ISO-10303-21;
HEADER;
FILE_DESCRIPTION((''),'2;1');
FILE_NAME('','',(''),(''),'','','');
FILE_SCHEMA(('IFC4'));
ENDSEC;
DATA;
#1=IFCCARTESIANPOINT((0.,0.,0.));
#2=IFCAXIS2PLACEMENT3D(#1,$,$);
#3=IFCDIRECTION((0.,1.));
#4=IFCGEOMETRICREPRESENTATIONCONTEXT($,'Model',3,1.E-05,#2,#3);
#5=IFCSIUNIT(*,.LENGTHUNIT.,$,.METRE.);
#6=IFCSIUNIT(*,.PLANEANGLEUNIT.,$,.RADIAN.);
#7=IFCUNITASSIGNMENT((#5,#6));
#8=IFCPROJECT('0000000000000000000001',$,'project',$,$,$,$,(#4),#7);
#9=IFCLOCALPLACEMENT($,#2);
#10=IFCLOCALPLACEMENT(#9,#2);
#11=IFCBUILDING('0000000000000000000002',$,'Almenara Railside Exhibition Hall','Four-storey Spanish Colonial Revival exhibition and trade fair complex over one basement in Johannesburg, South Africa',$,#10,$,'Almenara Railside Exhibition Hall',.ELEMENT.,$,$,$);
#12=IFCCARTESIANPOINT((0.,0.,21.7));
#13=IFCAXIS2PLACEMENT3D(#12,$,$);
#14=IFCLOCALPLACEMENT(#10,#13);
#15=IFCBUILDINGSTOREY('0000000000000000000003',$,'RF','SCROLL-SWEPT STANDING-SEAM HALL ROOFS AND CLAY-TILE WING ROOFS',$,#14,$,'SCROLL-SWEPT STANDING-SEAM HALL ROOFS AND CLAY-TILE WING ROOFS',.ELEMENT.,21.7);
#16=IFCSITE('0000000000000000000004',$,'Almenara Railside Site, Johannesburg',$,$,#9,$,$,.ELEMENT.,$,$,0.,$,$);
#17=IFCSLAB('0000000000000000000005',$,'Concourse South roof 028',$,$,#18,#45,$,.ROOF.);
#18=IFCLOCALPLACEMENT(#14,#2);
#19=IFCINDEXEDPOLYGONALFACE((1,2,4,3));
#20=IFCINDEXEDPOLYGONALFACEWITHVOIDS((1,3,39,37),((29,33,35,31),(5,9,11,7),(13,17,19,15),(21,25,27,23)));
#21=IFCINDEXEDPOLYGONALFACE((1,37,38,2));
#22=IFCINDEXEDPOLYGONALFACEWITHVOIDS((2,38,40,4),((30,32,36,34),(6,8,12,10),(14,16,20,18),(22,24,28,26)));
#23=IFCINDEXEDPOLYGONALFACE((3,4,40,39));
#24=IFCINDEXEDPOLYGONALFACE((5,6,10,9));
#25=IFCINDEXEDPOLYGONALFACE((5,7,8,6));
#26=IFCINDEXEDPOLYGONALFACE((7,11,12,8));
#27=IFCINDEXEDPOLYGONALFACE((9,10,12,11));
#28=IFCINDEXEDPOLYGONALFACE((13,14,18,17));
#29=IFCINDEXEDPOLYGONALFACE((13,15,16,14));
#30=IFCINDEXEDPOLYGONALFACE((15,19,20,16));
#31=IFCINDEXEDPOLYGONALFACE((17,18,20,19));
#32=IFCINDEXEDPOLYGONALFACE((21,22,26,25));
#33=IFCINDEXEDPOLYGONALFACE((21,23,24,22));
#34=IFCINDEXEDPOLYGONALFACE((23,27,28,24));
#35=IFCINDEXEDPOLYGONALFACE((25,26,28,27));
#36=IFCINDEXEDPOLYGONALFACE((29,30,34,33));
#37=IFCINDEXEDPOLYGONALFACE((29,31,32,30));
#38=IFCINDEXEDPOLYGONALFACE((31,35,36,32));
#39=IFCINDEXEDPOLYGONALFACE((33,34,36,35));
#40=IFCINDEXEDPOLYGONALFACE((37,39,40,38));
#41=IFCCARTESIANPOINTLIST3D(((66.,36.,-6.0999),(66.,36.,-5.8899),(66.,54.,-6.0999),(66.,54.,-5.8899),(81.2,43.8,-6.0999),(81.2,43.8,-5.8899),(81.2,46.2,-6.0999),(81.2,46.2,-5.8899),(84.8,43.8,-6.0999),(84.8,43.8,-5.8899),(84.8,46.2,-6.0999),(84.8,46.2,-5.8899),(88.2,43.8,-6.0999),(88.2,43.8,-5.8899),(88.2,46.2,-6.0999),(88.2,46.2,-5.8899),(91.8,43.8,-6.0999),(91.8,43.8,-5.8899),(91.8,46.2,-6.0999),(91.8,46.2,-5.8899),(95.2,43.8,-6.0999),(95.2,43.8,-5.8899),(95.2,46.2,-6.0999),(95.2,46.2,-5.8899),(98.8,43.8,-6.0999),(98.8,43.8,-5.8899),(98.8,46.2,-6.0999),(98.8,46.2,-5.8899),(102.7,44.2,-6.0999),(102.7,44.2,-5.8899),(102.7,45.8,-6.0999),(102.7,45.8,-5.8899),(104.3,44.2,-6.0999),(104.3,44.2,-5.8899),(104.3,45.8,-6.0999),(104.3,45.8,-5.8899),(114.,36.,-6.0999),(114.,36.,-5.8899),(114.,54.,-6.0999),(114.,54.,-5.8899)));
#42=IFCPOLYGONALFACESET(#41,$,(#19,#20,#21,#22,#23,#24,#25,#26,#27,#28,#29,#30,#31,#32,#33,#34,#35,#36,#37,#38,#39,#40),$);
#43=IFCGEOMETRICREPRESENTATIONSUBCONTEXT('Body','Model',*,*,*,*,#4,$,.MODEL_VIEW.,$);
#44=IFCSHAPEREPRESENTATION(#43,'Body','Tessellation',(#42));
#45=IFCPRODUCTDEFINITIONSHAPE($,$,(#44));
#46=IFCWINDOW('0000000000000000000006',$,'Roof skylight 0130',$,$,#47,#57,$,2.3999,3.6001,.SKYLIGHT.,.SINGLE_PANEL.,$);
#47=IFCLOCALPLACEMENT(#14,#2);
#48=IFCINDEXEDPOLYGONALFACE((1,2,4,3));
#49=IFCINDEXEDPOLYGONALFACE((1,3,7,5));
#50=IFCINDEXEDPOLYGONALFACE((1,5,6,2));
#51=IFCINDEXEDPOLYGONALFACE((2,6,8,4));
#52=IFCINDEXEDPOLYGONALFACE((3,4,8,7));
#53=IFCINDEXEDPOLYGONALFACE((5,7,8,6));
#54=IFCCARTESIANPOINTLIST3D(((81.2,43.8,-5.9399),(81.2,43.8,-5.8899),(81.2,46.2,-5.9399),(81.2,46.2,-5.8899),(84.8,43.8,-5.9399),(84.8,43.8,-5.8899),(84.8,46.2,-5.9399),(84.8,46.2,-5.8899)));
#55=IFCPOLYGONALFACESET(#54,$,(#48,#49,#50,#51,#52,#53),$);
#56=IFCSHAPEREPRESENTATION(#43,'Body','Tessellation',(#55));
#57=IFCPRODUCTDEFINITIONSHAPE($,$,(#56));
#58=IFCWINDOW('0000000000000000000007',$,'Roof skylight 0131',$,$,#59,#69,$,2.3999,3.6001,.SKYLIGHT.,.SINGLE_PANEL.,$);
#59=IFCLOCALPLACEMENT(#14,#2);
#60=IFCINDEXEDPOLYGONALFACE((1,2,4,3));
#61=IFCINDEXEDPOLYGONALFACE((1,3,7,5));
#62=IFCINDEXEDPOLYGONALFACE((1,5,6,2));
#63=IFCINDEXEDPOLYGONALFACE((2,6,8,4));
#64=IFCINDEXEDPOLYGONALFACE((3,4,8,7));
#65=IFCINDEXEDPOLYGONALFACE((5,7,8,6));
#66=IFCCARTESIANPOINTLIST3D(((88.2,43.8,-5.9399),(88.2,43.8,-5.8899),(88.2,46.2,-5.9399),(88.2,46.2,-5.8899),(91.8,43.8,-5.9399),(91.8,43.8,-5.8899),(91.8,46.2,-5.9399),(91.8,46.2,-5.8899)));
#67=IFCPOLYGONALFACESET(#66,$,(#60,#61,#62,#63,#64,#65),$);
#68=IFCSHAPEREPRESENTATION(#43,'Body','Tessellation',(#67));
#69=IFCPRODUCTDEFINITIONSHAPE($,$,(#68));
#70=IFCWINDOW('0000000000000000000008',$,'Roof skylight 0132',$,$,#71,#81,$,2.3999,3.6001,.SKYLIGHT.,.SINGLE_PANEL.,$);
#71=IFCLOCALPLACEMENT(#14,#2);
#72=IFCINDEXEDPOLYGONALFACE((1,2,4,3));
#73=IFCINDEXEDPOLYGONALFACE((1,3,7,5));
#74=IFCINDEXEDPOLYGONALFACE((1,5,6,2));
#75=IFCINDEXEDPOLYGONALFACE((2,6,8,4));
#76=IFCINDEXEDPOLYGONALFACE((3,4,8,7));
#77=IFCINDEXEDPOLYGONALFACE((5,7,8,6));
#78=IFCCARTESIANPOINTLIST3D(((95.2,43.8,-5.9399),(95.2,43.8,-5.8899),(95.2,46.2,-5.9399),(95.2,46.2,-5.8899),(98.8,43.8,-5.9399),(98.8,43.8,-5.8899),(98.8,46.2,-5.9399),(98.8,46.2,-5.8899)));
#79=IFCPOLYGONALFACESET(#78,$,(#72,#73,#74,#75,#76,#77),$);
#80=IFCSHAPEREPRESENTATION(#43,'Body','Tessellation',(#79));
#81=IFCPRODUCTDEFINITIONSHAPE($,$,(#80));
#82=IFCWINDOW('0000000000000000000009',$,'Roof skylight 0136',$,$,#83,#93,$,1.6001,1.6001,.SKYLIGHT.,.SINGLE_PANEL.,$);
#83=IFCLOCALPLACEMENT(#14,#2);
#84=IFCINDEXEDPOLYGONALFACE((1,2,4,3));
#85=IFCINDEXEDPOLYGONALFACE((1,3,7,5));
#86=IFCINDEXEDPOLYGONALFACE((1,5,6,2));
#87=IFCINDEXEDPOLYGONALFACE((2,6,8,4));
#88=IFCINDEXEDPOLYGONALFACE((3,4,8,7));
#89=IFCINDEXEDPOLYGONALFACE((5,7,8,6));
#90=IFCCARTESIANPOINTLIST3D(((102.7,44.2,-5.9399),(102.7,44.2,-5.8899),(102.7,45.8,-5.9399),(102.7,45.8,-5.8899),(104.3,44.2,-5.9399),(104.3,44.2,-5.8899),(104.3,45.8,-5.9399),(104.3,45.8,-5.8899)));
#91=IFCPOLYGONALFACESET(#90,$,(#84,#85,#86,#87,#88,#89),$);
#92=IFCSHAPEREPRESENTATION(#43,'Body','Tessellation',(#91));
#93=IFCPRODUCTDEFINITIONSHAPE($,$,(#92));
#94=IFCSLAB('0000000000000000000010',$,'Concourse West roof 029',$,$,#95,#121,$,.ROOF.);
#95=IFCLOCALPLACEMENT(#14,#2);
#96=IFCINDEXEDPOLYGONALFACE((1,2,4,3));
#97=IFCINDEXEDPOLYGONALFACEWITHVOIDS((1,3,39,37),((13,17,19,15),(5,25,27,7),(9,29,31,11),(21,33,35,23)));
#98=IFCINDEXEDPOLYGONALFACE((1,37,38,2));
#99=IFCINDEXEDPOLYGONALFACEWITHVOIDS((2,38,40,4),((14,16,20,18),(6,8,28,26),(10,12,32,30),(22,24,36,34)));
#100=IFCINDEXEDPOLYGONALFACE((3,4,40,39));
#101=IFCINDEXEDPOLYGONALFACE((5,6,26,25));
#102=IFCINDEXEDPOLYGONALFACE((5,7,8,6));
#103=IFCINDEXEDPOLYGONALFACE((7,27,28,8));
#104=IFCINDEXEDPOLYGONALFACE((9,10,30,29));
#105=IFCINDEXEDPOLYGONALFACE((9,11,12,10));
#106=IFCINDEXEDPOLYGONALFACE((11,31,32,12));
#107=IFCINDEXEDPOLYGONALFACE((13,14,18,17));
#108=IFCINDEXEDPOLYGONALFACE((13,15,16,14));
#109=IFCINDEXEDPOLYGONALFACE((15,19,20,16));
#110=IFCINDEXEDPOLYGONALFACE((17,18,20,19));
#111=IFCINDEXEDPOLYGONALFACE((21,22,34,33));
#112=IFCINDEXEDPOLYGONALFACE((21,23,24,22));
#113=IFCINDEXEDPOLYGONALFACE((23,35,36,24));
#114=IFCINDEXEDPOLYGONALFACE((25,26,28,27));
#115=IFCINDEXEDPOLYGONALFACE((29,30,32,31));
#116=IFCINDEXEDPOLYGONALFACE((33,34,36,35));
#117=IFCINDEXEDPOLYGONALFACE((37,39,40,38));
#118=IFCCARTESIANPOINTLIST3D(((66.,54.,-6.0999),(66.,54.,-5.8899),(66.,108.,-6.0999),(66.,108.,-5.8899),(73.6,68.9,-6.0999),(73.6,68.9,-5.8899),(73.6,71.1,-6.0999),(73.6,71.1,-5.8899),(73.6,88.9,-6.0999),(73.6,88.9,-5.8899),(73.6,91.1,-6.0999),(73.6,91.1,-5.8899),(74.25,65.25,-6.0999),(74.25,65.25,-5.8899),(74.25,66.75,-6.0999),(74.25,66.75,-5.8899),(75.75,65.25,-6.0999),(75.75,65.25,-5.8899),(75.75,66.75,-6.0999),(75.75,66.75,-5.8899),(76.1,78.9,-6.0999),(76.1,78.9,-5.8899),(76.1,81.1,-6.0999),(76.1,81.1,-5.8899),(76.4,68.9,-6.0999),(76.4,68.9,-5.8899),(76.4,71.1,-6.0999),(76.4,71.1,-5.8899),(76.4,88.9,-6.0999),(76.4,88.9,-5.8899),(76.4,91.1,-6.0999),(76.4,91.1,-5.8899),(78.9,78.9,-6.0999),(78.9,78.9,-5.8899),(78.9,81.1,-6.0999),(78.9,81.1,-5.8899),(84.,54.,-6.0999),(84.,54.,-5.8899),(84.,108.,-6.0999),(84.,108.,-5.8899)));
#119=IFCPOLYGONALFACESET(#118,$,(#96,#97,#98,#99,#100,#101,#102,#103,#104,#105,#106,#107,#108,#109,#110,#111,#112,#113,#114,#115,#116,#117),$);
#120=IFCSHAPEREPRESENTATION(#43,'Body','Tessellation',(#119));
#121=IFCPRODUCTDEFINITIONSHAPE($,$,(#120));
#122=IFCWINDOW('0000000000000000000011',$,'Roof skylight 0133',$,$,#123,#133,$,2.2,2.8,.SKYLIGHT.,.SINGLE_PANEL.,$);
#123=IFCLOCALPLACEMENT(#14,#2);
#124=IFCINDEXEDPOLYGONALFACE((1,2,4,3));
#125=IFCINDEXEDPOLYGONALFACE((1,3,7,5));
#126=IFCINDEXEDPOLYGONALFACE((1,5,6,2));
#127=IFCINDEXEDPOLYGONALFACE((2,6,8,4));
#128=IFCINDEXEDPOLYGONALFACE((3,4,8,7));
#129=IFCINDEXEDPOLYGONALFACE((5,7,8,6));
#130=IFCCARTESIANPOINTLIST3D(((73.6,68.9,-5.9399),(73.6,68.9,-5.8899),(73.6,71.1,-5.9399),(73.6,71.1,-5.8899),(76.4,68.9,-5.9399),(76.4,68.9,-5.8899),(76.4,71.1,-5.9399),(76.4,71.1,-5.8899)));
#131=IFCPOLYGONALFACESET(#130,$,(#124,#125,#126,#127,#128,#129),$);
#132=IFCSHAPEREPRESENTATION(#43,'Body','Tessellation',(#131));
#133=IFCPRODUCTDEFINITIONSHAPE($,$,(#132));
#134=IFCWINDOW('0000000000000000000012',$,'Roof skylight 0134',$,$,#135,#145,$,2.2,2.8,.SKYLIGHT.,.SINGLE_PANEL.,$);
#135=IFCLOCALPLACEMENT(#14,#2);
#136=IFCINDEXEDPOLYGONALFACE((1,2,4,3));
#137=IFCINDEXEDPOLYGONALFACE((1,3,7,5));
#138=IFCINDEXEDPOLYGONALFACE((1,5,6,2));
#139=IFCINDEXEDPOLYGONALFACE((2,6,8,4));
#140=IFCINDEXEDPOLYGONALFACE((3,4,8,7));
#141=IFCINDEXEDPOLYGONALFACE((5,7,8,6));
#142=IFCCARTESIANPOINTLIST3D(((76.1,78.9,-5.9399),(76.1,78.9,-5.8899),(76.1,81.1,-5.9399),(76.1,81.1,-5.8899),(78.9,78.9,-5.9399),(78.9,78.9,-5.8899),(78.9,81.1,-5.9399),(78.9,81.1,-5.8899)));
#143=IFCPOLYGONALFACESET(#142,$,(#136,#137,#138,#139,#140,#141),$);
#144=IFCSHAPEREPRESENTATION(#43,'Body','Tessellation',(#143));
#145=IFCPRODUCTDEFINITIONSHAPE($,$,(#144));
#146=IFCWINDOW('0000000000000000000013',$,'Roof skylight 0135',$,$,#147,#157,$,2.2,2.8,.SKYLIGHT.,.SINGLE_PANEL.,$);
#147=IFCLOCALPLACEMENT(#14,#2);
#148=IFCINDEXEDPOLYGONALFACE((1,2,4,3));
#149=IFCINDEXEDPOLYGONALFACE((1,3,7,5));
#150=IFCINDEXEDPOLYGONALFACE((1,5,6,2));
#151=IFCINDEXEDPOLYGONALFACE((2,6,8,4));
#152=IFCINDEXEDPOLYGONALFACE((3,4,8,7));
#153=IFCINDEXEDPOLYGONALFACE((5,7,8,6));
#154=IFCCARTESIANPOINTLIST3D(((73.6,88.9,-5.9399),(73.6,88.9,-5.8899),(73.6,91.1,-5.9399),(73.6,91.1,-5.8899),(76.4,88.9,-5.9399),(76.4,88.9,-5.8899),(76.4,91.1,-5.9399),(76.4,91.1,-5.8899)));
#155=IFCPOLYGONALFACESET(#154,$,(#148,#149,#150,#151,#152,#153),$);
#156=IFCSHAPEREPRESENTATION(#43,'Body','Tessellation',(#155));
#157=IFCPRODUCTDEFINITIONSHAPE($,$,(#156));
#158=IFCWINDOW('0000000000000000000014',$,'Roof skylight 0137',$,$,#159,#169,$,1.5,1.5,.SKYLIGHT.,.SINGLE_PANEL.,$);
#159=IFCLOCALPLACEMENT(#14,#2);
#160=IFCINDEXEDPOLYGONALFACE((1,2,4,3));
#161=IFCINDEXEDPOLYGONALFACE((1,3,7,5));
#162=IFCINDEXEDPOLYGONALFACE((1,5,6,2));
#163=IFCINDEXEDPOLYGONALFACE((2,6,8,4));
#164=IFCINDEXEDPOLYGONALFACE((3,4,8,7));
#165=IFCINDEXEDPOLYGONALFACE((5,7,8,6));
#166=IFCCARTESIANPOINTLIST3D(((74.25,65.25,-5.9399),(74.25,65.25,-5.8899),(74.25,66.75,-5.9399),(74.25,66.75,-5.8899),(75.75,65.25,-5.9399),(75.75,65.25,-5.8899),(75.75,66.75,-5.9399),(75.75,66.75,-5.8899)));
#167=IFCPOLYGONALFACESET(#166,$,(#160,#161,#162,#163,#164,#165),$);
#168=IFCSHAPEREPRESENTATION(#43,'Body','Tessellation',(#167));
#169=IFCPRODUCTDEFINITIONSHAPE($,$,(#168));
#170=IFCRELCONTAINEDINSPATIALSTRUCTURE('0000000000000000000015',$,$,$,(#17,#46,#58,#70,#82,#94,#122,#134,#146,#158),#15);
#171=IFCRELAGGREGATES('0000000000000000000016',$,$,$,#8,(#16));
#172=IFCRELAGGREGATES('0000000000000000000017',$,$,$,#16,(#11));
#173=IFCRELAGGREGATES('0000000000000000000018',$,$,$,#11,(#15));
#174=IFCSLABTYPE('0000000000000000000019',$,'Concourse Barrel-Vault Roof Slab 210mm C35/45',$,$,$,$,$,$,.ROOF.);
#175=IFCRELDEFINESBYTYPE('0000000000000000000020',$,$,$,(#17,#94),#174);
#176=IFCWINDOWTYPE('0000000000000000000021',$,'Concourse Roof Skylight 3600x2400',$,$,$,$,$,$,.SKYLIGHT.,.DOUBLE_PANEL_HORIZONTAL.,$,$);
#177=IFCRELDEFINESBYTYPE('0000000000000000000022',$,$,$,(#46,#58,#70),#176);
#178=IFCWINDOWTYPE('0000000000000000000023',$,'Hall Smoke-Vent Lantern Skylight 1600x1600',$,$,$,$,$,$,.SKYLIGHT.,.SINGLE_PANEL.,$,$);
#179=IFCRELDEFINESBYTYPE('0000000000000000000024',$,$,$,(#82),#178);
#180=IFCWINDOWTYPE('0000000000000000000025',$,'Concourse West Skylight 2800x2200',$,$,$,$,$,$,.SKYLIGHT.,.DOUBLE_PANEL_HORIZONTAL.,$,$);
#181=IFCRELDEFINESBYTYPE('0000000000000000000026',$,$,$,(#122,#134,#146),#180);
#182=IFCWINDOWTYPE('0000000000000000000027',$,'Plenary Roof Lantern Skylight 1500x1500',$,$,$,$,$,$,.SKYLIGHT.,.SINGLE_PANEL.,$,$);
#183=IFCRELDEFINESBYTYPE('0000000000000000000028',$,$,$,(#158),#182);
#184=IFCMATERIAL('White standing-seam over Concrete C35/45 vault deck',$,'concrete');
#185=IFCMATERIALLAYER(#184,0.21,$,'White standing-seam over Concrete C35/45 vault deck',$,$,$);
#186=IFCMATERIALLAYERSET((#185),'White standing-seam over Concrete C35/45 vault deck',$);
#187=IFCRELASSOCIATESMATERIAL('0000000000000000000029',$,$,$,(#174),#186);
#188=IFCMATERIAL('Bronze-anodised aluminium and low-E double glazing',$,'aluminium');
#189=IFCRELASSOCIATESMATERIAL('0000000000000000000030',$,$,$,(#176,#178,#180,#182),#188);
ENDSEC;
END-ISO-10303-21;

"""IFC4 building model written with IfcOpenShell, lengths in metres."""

from ifc_helpers import new_model, si_unit, direction, frame, origin, origin_2d, place, context, subcontext, project, spatial, polyline, rectangle, outline, extrude, material, layer, layer_set, type_object, element, fill, save


model = new_model("IFC4")

# Units and contexts
model_context = context("Model", 3, precision=1e-05, world=origin(), true_north=direction((0.0, 1.0)))
body_context = subcontext(model_context, "Body", "Model", "MODEL_VIEW")
ifc_project = project(units=[si_unit("LENGTHUNIT", "METRE"), si_unit("PLANEANGLEUNIT", "RADIAN")], contexts=[model_context])

# Site, building, storey
site_placement = place(None, origin())
site = spatial("IfcSite", under=ifc_project, at=site_placement, Name="Almenara Railside Site, Johannesburg", CompositionType="ELEMENT", RefElevation=0.0)
building_placement = place(site_placement, origin())
building = spatial("IfcBuilding", under=site, at=building_placement, Name="Almenara Railside Exhibition Hall", Description="Four-storey Spanish Colonial Revival exhibition and trade fair complex over one basement in Johannesburg, South Africa", LongName="Almenara Railside Exhibition Hall", CompositionType="ELEMENT")
storey_placement = place(building_placement, frame((0.0, 0.0, 21.7)))
storey = spatial("IfcBuildingStorey", under=building, at=storey_placement, Name="RF", Description="SCROLL-SWEPT STANDING-SEAM HALL ROOFS AND CLAY-TILE WING ROOFS", LongName="SCROLL-SWEPT STANDING-SEAM HALL ROOFS AND CLAY-TILE WING ROOFS", CompositionType="ELEMENT", Elevation=21.7)

# Slabs, openings, windows
ifc_material_1 = material(Name="White standing-seam over Concrete C35/45 vault deck", Category="concrete")
ifc_layer_1 = layer(ifc_material_1, 0.21, Name="White standing-seam over Concrete C35/45 vault deck")
ifc_layer_set_1 = layer_set([ifc_layer_1], Name="White standing-seam over Concrete C35/45 vault deck")
slab_type_1 = type_object("IfcSlabType", Name="Concourse Barrel-Vault Roof Slab 210mm C35/45", PredefinedType="ROOF", material=ifc_layer_set_1)
slab_1_placement = place(storey_placement, frame((0.0, 0.0, -6.0999)))
slab_1 = element("IfcSlab", 1, at=slab_1_placement, inside=storey, type_object=slab_type_1, Name="Concourse South roof 028", PredefinedType="ROOF", context=body_context, shape_type="SweptSolid", body=[
    extrude(outline(polyline([(66.0, 36.0), (114.0, 36.0), (114.0, 54.0), (66.0, 54.0), (66.0, 36.0)])), origin(), (0.0, 0.0, 1.0), 0.21),
])
opening_1_placement = place(slab_1_placement, frame((83.0, 45.0, 0.0)))
opening_1 = element("IfcOpeningElement", 2, at=opening_1_placement, cuts=slab_1, PredefinedType="OPENING", context=body_context, shape_type="SweptSolid", body=[
    extrude(rectangle(XDim=3.6001, YDim=2.3999, at=origin_2d()), frame((0.0, 0.0, -0.01)), (0.0, 0.0, 1.0), 0.23),
])
opening_2_placement = place(slab_1_placement, frame((90.0, 45.0, 0.0)))
opening_2 = element("IfcOpeningElement", 3, at=opening_2_placement, cuts=slab_1, PredefinedType="OPENING", context=body_context, shape_type="SweptSolid", body=[
    extrude(rectangle(XDim=3.6001, YDim=2.3999, at=origin_2d()), frame((0.0, 0.0, -0.01)), (0.0, 0.0, 1.0), 0.23),
])
opening_3_placement = place(slab_1_placement, frame((97.0, 45.0, 0.0)))
opening_3 = element("IfcOpeningElement", 4, at=opening_3_placement, cuts=slab_1, PredefinedType="OPENING", context=body_context, shape_type="SweptSolid", body=[
    extrude(rectangle(XDim=3.6001, YDim=2.3999, at=origin_2d()), frame((0.0, 0.0, -0.01)), (0.0, 0.0, 1.0), 0.23),
])
opening_4_placement = place(slab_1_placement, frame((103.5, 45.0, 0.0)))
opening_4 = element("IfcOpeningElement", 5, at=opening_4_placement, cuts=slab_1, PredefinedType="OPENING", context=body_context, shape_type="SweptSolid", body=[
    extrude(rectangle(XDim=1.6001, YDim=1.6001, at=origin_2d()), frame((0.0, 0.0, -0.01)), (0.0, 0.0, 1.0), 0.23),
])
ifc_material_2 = material(Name="Bronze-anodised aluminium and low-E double glazing", Category="aluminium")
window_type_1 = type_object("IfcWindowType", Name="Concourse Roof Skylight 3600x2400", PartitioningType="DOUBLE_PANEL_HORIZONTAL", PredefinedType="SKYLIGHT", material=ifc_material_2)
window_1_placement = place(opening_1_placement, frame((0.0, 0.0, 0.1599)))
window_1 = element("IfcWindow", 6, at=window_1_placement, inside=storey, type_object=window_type_1, Name="Roof skylight 0130", OverallHeight=2.3999, OverallWidth=3.6001, PartitioningType="SINGLE_PANEL", PredefinedType="SKYLIGHT", context=body_context, shape_type="SweptSolid", body=[
    extrude(rectangle(XDim=3.6001, YDim=2.3999, at=origin_2d()), origin(), (0.0, 0.0, 1.0), 0.05),
])
fill(opening_1, window_1)
window_2_placement = place(opening_2_placement, frame((0.0, 0.0, 0.1599)))
window_2 = element("IfcWindow", 7, at=window_2_placement, inside=storey, type_object=window_type_1, Name="Roof skylight 0131", OverallHeight=2.3999, OverallWidth=3.6001, PartitioningType="SINGLE_PANEL", PredefinedType="SKYLIGHT", context=body_context, shape_type="SweptSolid", body=[
    extrude(rectangle(XDim=3.6001, YDim=2.3999, at=origin_2d()), origin(), (0.0, 0.0, 1.0), 0.05),
])
fill(opening_2, window_2)
window_3_placement = place(opening_3_placement, frame((0.0, 0.0, 0.1599)))
window_3 = element("IfcWindow", 8, at=window_3_placement, inside=storey, type_object=window_type_1, Name="Roof skylight 0132", OverallHeight=2.3999, OverallWidth=3.6001, PartitioningType="SINGLE_PANEL", PredefinedType="SKYLIGHT", context=body_context, shape_type="SweptSolid", body=[
    extrude(rectangle(XDim=3.6001, YDim=2.3999, at=origin_2d()), origin(), (0.0, 0.0, 1.0), 0.05),
])
fill(opening_3, window_3)
window_type_2 = type_object("IfcWindowType", Name="Hall Smoke-Vent Lantern Skylight 1600x1600", PartitioningType="SINGLE_PANEL", PredefinedType="SKYLIGHT", material=ifc_material_2)
window_4_placement = place(opening_4_placement, frame((0.0, 0.0, 0.1599)))
window_4 = element("IfcWindow", 9, at=window_4_placement, inside=storey, type_object=window_type_2, Name="Roof skylight 0136", OverallHeight=1.6001, OverallWidth=1.6001, PartitioningType="SINGLE_PANEL", PredefinedType="SKYLIGHT", context=body_context, shape_type="SweptSolid", body=[
    extrude(rectangle(XDim=1.6001, YDim=1.6001, at=origin_2d()), origin(), (0.0, 0.0, 1.0), 0.05),
])
fill(opening_4, window_4)
slab_2_placement = place(storey_placement, frame((0.0, 0.0, -6.0999)))
slab_2 = element("IfcSlab", 10, at=slab_2_placement, inside=storey, type_object=slab_type_1, Name="Concourse West roof 029", PredefinedType="ROOF", context=body_context, shape_type="SweptSolid", body=[
    extrude(outline(polyline([(66.0, 54.0), (84.0, 54.0), (84.0, 108.0), (66.0, 108.0), (66.0, 54.0)])), origin(), (0.0, 0.0, 1.0), 0.21),
])
opening_5_placement = place(slab_2_placement, frame((75.0, 70.0, 0.0)))
opening_5 = element("IfcOpeningElement", 11, at=opening_5_placement, cuts=slab_2, PredefinedType="OPENING", context=body_context, shape_type="SweptSolid", body=[
    extrude(rectangle(XDim=2.8, YDim=2.2, at=origin_2d()), frame((0.0, 0.0, -0.01)), (0.0, 0.0, 1.0), 0.23),
])
opening_6_placement = place(slab_2_placement, frame((77.5, 80.0, 0.0)))
opening_6 = element("IfcOpeningElement", 12, at=opening_6_placement, cuts=slab_2, PredefinedType="OPENING", context=body_context, shape_type="SweptSolid", body=[
    extrude(rectangle(XDim=2.8, YDim=2.2, at=origin_2d()), frame((0.0, 0.0, -0.01)), (0.0, 0.0, 1.0), 0.23),
])
opening_7_placement = place(slab_2_placement, frame((75.0, 90.0, 0.0)))
opening_7 = element("IfcOpeningElement", 13, at=opening_7_placement, cuts=slab_2, PredefinedType="OPENING", context=body_context, shape_type="SweptSolid", body=[
    extrude(rectangle(XDim=2.8, YDim=2.2, at=origin_2d()), frame((0.0, 0.0, -0.01)), (0.0, 0.0, 1.0), 0.23),
])
opening_8_placement = place(slab_2_placement, frame((75.0, 66.0, 0.0)))
opening_8 = element("IfcOpeningElement", 14, at=opening_8_placement, cuts=slab_2, PredefinedType="OPENING", context=body_context, shape_type="SweptSolid", body=[
    extrude(rectangle(XDim=1.5, YDim=1.5, at=origin_2d()), frame((0.0, 0.0, -0.01)), (0.0, 0.0, 1.0), 0.23),
])
window_type_3 = type_object("IfcWindowType", Name="Concourse West Skylight 2800x2200", PartitioningType="DOUBLE_PANEL_HORIZONTAL", PredefinedType="SKYLIGHT", material=ifc_material_2)
window_5_placement = place(opening_5_placement, frame((0.0, 0.0, 0.1599)))
window_5 = element("IfcWindow", 15, at=window_5_placement, inside=storey, type_object=window_type_3, Name="Roof skylight 0133", OverallHeight=2.2, OverallWidth=2.8, PartitioningType="SINGLE_PANEL", PredefinedType="SKYLIGHT", context=body_context, shape_type="SweptSolid", body=[
    extrude(rectangle(XDim=2.8, YDim=2.2, at=origin_2d()), origin(), (0.0, 0.0, 1.0), 0.05),
])
fill(opening_5, window_5)
window_6_placement = place(opening_6_placement, frame((0.0, 0.0, 0.1599)))
window_6 = element("IfcWindow", 16, at=window_6_placement, inside=storey, type_object=window_type_3, Name="Roof skylight 0134", OverallHeight=2.2, OverallWidth=2.8, PartitioningType="SINGLE_PANEL", PredefinedType="SKYLIGHT", context=body_context, shape_type="SweptSolid", body=[
    extrude(rectangle(XDim=2.8, YDim=2.2, at=origin_2d()), origin(), (0.0, 0.0, 1.0), 0.05),
])
fill(opening_6, window_6)
window_7_placement = place(opening_7_placement, frame((0.0, 0.0, 0.1599)))
window_7 = element("IfcWindow", 17, at=window_7_placement, inside=storey, type_object=window_type_3, Name="Roof skylight 0135", OverallHeight=2.2, OverallWidth=2.8, PartitioningType="SINGLE_PANEL", PredefinedType="SKYLIGHT", context=body_context, shape_type="SweptSolid", body=[
    extrude(rectangle(XDim=2.8, YDim=2.2, at=origin_2d()), origin(), (0.0, 0.0, 1.0), 0.05),
])
fill(opening_7, window_7)
window_type_4 = type_object("IfcWindowType", Name="Plenary Roof Lantern Skylight 1500x1500", PartitioningType="SINGLE_PANEL", PredefinedType="SKYLIGHT", material=ifc_material_2)
window_8_placement = place(opening_8_placement, frame((0.0, 0.0, 0.1599)))
window_8 = element("IfcWindow", 18, at=window_8_placement, inside=storey, type_object=window_type_4, Name="Roof skylight 0137", OverallHeight=1.5, OverallWidth=1.5, PartitioningType="SINGLE_PANEL", PredefinedType="SKYLIGHT", context=body_context, shape_type="SweptSolid", body=[
    extrude(rectangle(XDim=1.5, YDim=1.5, at=origin_2d()), origin(), (0.0, 0.0, 1.0), 0.05),
])
fill(opening_8, window_8)

save(model, "model.ifc")
